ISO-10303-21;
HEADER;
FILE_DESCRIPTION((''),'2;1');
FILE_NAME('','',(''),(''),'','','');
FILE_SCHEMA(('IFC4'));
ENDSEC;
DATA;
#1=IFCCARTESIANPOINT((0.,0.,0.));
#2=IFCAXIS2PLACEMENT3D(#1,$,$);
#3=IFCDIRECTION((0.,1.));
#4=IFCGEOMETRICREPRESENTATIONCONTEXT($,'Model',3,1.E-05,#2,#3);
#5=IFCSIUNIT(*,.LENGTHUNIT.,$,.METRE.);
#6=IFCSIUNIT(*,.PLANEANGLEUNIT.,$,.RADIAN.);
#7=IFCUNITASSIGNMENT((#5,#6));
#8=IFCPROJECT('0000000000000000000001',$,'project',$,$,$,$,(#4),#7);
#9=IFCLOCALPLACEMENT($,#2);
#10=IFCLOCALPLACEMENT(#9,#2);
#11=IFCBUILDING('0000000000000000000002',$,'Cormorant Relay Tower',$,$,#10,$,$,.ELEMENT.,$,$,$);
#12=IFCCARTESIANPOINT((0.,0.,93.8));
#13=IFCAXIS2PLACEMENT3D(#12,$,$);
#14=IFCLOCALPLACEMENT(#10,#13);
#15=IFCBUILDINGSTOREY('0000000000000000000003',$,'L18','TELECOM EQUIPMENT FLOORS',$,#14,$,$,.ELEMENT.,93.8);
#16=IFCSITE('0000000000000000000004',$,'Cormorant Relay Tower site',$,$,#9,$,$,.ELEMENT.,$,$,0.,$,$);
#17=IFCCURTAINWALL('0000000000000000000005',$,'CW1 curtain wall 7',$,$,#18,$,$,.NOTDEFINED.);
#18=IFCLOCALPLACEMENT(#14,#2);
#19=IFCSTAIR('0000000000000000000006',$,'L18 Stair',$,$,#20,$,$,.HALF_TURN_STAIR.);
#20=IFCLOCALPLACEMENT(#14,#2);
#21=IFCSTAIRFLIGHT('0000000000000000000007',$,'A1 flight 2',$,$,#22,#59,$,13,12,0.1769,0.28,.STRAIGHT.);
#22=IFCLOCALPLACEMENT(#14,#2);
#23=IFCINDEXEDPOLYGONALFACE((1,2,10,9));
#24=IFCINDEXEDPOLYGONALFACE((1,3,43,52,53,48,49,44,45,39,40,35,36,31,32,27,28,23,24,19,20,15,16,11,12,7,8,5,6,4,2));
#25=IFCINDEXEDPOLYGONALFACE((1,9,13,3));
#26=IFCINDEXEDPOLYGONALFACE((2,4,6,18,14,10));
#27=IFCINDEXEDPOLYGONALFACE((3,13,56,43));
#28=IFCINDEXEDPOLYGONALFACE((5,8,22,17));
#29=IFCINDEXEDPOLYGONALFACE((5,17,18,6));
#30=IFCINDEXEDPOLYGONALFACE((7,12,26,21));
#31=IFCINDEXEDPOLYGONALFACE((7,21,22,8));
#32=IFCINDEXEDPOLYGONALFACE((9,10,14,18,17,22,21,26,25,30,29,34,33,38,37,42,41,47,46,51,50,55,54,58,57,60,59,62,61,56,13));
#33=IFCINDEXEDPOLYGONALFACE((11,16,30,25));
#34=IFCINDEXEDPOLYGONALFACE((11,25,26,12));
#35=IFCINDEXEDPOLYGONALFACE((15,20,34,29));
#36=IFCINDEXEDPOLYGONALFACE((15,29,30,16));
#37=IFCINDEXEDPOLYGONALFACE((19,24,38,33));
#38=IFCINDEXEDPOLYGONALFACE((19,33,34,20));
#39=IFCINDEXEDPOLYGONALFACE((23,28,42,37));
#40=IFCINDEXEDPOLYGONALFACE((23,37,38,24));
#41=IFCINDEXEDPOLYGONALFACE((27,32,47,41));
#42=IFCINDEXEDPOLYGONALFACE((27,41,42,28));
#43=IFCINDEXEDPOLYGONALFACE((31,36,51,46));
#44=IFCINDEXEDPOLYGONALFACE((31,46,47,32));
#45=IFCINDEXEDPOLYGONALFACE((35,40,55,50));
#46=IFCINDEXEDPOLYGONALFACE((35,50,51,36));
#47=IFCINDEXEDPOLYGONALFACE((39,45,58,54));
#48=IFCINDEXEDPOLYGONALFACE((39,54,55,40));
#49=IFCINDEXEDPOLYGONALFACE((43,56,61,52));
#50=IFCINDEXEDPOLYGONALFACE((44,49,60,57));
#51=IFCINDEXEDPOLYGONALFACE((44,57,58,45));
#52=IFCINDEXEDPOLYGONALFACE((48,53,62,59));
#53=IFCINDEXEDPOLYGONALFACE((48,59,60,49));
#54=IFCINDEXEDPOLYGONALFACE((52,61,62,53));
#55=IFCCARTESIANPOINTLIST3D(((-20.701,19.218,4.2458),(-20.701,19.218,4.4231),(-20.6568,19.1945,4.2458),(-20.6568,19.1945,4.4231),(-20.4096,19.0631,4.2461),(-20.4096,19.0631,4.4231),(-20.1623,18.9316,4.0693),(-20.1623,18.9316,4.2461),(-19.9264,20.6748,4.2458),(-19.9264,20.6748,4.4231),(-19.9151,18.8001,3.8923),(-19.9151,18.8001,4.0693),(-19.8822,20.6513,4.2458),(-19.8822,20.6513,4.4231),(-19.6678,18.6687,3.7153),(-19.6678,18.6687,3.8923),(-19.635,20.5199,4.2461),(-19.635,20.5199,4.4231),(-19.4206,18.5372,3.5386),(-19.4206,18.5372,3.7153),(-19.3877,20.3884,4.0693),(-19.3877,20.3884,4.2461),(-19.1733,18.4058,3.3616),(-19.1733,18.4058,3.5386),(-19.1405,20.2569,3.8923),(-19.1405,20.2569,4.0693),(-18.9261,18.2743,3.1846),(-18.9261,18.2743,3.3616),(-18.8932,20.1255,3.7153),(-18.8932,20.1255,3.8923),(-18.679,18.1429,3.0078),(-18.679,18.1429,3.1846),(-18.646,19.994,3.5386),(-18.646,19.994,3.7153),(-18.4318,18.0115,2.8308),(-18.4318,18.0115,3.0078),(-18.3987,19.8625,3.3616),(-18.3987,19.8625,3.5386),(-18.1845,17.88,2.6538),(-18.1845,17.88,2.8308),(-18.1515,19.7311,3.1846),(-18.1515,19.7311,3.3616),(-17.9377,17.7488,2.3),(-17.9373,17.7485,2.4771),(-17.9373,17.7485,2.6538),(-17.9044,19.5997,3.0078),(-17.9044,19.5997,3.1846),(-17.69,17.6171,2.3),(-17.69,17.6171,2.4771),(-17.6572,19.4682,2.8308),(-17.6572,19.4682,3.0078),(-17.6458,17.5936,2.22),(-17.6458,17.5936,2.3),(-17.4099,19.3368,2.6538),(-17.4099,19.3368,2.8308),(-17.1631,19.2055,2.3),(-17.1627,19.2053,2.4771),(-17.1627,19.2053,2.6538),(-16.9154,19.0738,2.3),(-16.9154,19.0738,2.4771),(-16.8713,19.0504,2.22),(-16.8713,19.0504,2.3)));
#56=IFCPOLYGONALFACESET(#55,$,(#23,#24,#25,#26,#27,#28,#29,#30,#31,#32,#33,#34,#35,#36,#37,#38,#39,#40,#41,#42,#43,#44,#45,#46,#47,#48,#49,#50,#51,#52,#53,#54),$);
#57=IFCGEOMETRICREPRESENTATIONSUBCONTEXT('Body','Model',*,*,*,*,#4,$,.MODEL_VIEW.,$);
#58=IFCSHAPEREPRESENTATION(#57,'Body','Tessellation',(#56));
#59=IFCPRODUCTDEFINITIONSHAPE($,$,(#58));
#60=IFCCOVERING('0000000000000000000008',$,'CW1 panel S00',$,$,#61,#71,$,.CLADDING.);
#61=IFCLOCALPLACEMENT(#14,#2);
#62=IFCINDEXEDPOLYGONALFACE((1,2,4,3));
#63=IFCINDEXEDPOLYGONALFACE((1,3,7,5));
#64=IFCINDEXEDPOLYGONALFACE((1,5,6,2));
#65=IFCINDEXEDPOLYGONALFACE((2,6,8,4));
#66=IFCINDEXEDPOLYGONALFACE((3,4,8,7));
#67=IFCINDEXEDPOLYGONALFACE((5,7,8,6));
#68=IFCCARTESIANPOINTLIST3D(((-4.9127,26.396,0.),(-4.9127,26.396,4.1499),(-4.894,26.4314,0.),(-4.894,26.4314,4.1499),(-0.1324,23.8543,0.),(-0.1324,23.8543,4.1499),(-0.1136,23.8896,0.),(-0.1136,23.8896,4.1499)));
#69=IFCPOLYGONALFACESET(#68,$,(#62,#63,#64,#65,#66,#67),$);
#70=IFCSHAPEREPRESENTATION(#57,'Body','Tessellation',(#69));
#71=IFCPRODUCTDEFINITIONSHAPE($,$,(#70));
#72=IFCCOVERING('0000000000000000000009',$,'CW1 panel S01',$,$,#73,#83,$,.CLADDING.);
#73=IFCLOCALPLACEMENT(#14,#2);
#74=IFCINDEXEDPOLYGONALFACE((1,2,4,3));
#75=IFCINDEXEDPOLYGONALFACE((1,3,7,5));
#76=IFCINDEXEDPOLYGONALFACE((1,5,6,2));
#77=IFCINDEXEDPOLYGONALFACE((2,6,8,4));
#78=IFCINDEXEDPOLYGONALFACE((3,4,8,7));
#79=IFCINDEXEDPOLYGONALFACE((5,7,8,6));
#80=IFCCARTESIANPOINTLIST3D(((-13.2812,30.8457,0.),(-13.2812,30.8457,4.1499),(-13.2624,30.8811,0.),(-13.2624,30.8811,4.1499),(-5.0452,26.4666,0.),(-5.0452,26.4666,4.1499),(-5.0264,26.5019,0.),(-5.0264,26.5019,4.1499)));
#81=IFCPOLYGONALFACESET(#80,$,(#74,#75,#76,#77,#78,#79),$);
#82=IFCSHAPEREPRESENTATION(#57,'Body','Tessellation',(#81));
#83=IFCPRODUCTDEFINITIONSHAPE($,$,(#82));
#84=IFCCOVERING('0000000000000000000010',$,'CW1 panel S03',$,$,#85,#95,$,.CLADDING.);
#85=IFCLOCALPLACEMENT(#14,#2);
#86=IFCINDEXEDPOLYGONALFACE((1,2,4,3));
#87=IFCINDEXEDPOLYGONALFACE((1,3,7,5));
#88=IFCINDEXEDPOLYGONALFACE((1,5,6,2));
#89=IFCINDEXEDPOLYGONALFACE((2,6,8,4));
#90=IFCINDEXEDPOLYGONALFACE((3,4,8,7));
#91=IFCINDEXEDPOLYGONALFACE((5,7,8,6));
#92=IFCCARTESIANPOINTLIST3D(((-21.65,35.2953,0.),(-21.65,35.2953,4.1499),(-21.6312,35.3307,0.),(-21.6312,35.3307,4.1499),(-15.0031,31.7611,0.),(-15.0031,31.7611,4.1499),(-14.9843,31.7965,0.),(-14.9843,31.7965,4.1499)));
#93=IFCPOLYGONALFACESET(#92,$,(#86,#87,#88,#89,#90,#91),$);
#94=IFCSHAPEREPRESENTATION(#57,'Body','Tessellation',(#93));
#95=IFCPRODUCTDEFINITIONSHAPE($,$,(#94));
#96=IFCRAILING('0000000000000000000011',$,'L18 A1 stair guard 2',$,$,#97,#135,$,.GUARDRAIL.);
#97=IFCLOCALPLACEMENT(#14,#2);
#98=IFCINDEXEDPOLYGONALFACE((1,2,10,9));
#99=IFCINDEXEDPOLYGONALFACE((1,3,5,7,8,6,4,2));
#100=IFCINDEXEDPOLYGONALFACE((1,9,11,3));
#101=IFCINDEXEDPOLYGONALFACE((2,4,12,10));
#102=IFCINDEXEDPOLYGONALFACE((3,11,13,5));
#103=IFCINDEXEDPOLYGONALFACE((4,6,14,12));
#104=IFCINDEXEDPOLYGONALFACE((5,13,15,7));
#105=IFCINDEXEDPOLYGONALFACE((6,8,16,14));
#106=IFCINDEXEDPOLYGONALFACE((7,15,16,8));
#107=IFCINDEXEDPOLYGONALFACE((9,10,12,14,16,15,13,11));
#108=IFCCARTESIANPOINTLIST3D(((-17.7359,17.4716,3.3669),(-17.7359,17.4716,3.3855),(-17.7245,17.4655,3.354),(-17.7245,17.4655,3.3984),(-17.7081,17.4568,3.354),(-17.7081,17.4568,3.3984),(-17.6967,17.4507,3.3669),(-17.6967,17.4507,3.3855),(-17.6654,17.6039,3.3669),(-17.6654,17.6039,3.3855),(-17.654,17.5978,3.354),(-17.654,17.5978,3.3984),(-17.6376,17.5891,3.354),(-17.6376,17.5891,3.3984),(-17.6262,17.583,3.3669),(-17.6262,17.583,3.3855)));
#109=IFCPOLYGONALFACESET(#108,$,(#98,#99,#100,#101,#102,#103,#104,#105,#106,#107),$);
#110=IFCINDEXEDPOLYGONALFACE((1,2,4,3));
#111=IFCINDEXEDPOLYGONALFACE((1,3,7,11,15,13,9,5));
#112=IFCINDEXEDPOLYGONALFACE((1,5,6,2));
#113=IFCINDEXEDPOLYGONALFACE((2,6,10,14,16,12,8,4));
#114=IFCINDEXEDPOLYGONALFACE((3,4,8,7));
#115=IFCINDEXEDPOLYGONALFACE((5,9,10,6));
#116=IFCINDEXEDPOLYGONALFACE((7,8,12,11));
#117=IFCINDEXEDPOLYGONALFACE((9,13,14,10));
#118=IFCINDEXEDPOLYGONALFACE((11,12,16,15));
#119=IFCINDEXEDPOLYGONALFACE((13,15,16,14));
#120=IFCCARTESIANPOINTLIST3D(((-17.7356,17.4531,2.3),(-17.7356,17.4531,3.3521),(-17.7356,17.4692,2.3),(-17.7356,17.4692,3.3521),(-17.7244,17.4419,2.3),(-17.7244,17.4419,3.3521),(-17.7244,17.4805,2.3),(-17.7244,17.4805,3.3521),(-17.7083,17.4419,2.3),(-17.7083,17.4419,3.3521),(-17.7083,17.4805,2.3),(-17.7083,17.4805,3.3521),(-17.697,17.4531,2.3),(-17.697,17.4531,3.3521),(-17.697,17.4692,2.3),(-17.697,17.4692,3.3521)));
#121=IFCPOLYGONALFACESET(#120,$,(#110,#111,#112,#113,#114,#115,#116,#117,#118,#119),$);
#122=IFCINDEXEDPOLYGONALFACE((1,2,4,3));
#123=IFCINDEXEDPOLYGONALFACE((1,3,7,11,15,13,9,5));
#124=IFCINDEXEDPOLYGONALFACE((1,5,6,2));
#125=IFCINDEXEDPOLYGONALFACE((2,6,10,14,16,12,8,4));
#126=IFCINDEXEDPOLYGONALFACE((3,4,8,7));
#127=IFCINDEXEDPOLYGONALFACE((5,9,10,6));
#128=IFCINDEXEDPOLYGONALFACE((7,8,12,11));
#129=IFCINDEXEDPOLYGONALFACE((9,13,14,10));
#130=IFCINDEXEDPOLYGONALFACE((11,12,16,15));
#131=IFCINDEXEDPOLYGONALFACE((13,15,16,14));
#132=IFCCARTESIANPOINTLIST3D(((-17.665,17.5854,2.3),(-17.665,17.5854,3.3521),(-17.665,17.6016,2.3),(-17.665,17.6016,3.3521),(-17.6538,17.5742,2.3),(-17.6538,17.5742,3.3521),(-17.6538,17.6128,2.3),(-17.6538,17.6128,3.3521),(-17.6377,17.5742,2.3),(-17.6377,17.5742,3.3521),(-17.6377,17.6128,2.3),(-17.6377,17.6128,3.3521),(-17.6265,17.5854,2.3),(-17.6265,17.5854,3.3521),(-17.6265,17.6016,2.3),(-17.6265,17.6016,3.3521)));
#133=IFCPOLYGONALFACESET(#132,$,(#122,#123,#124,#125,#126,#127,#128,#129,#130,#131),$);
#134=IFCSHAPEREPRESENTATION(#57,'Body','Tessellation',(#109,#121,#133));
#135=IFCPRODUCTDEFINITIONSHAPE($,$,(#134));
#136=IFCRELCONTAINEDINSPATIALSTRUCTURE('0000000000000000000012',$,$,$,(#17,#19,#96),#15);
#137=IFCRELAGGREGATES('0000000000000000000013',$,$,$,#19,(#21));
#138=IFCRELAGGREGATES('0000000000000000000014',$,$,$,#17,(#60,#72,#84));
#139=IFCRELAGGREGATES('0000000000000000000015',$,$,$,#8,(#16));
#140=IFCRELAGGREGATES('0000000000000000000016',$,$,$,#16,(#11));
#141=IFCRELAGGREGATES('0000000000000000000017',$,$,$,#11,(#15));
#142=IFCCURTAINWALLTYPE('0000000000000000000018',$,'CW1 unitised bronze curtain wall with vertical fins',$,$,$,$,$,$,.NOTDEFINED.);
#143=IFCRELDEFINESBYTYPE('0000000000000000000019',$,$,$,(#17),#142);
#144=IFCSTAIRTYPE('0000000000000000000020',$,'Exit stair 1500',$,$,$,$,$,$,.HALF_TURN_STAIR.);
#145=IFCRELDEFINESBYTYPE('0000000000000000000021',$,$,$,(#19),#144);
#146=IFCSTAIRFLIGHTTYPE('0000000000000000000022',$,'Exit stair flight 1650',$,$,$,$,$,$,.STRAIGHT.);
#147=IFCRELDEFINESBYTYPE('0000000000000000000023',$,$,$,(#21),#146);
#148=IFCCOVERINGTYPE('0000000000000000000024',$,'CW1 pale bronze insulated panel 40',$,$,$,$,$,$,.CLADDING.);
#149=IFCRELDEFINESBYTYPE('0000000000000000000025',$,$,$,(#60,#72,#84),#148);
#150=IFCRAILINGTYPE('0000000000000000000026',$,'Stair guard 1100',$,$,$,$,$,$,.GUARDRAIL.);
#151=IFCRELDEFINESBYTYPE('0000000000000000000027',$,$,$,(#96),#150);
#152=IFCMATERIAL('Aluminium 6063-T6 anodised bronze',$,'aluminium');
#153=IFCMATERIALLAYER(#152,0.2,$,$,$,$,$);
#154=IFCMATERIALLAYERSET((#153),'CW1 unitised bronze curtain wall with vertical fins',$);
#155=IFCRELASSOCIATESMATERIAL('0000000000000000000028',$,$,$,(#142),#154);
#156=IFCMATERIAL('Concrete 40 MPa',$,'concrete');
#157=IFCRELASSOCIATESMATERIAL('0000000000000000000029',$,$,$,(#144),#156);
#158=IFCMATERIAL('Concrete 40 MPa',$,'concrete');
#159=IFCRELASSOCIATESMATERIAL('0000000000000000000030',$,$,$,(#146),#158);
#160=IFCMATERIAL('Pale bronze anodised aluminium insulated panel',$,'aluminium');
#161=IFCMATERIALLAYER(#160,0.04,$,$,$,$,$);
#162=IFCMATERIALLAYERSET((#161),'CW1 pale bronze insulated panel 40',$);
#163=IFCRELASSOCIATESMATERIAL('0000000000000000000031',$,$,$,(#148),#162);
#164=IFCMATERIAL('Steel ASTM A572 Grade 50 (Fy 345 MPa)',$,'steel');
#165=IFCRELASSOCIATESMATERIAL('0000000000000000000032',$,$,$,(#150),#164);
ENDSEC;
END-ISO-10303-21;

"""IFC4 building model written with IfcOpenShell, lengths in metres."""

from ifc_helpers import new_model, si_unit, direction, frame, origin, origin_2d, place, context, subcontext, project, spatial, polyline, rectangle, outline, extrude, material, layer, layer_set, type_object, element, aggregate, save


model = new_model("IFC4")

# Units and contexts
model_context = context("Model", 3, precision=1e-05, world=origin(), true_north=direction((0.0, 1.0)))
body_context = subcontext(model_context, "Body", "Model", "MODEL_VIEW")
ifc_project = project(units=[si_unit("LENGTHUNIT", "METRE"), si_unit("PLANEANGLEUNIT", "RADIAN")], contexts=[model_context])

# Site, building, storey
site_placement = place(None, origin())
site = spatial("IfcSite", under=ifc_project, at=site_placement, Name="Cormorant Relay Tower site", CompositionType="ELEMENT", RefElevation=0.0)
building_placement = place(site_placement, origin())
building = spatial("IfcBuilding", under=site, at=building_placement, Name="Cormorant Relay Tower", CompositionType="ELEMENT")
storey_placement = place(building_placement, frame((0.0, 0.0, 93.8)))
storey = spatial("IfcBuildingStorey", under=building, at=storey_placement, Name="L18", Description="TELECOM EQUIPMENT FLOORS", CompositionType="ELEMENT", Elevation=93.8)

# Curtain wall
ifc_material_1 = material(Name="Aluminium 6063-T6 anodised bronze", Category="aluminium")
ifc_layer_1 = layer(ifc_material_1, 0.2)
ifc_layer_set_1 = layer_set([ifc_layer_1], Name="CW1 unitised bronze curtain wall with vertical fins")
curtain_wall_type = type_object("IfcCurtainWallType", Name="CW1 unitised bronze curtain wall with vertical fins", PredefinedType="NOTDEFINED", material=ifc_layer_set_1)
curtain_wall_placement = place(storey_placement, origin())
curtain_wall = element("IfcCurtainWall", 1, at=curtain_wall_placement, inside=storey, type_object=curtain_wall_type, Name="CW1 curtain wall 7", PredefinedType="NOTDEFINED")

# Stair, stair flight
ifc_material_2 = material(Name="Concrete 40 MPa", Category="concrete")
stair_type = type_object("IfcStairType", Name="Exit stair 1500", PredefinedType="HALF_TURN_STAIR", material=ifc_material_2)
stair_placement = place(storey_placement, origin())
stair = element("IfcStair", 2, at=stair_placement, inside=storey, type_object=stair_type, Name="L18 Stair", PredefinedType="HALF_TURN_STAIR")
ifc_material_3 = material(Name="Concrete 40 MPa", Category="concrete")
stair_flight_type = type_object("IfcStairFlightType", Name="Exit stair flight 1650", PredefinedType="STRAIGHT", material=ifc_material_3)
stair_flight_placement = place(storey_placement, frame((-17.3027, 18.3455, 2.3), z_axis=(0.0, 0.0, 1.0), x_axis=(-0.882948, 0.469472, 0.0)))
stair_flight = element("IfcStairFlight", 3, at=stair_flight_placement, type_object=stair_flight_type, Name="A1 flight 2", NumberOfRisers=13, NumberOfTreads=12, PredefinedType="STRAIGHT", RiserHeight=0.1769, TreadLength=0.28, context=body_context, shape_type="SweptSolid", body=[
    extrude(outline(polyline([(-0.05, -0.0801), (-0.05, 0.0), (0.0, 0.0), (0.0, 0.177), (0.28, 0.177), (0.28, 0.3538), (0.5601, 0.3538), (0.5601, 0.5308), (0.8401, 0.5308), (0.8401, 0.7078), (1.1201, 0.7078), (1.1201, 0.8845), (1.3999, 0.8845), (1.3999, 1.0615), (1.6799, 1.0615), (1.6799, 1.2385), (1.96, 1.2385), (1.96, 1.4153), (2.24, 1.4153), (2.24, 1.5923), (2.52, 1.5923), (2.52, 1.7693), (2.8, 1.7693), (2.8, 1.946), (3.0801, 1.946), (3.0801, 2.123), (3.3601, 2.123), (3.4102, 2.123), (3.4102, 1.9458), (3.3601, 1.9458), (0.2805, 0.0), (-0.05, -0.0801)])), frame((0.0, 0.825, 0.0), z_axis=(0.0, -1.0, 0.0), x_axis=(1.0, 0.0, 0.0)), (0.0, 0.0, 1.0), 1.6499),
])
aggregate(stair, [stair_flight])

# Coverings
ifc_material_4 = material(Name="Pale bronze anodised aluminium insulated panel", Category="aluminium")
ifc_layer_2 = layer(ifc_material_4, 0.04)
ifc_layer_set_2 = layer_set([ifc_layer_2], Name="CW1 pale bronze insulated panel 40")
covering_type = type_object("IfcCoveringType", Name="CW1 pale bronze insulated panel 40", PredefinedType="CLADDING", material=ifc_layer_set_2)
covering_1_placement = place(storey_placement, frame((-2.5132, 25.1428, 0.0), z_axis=(0.0, 0.0, 1.0), x_axis=(-0.882948, 0.469472, 0.0)))
covering_1 = element("IfcCovering", 4, at=covering_1_placement, type_object=covering_type, Name="CW1 panel S00", PredefinedType="CLADDING", context=body_context, shape_type="SweptSolid", body=[
    extrude(rectangle(XDim=5.4141, YDim=0.04, at=origin_2d()), origin(), (0.0, 0.0, 1.0), 4.1499),
])
covering_2_placement = place(storey_placement, frame((-9.1538, 28.6738, 0.0), z_axis=(0.0, 0.0, 1.0), x_axis=(-0.882948, 0.469472, 0.0)))
covering_2 = element("IfcCovering", 5, at=covering_2_placement, type_object=covering_type, Name="CW1 panel S01", PredefinedType="CLADDING", context=body_context, shape_type="SweptSolid", body=[
    extrude(rectangle(XDim=9.3279, YDim=0.04, at=origin_2d()), origin(), (0.0, 0.0, 1.0), 4.1499),
])
covering_3_placement = place(storey_placement, frame((-18.3171, 33.5459, 0.0), z_axis=(0.0, 0.0, 1.0), x_axis=(-0.882948, 0.469472, 0.0)))
covering_3 = element("IfcCovering", 6, at=covering_3_placement, type_object=covering_type, Name="CW1 panel S03", PredefinedType="CLADDING", context=body_context, shape_type="SweptSolid", body=[
    extrude(rectangle(XDim=7.5281, YDim=0.04, at=origin_2d()), origin(), (0.0, 0.0, 1.0), 4.1499),
])
aggregate(curtain_wall, [covering_1, covering_2, covering_3])

# Railing
ifc_material_5 = material(Name="Steel ASTM A572 Grade 50 (Fy 345 MPa)", Category="steel")
railing_type_1 = type_object("IfcRailingType", Name="Stair guard 1100", PredefinedType="GUARDRAIL", material=ifc_material_5)
railing_1_placement = place(storey_placement, frame((-17.7163, 17.4612, 2.3)))
element("IfcRailing", 7, at=railing_1_placement, inside=storey, type_object=railing_type_1, Name="L18 A1 stair guard 2", PredefinedType="GUARDRAIL", context=body_context, shape_type="SweptSolid", body=[
    extrude(outline(polyline([(0.0222, 0.0093), (0.0093, 0.0222), (-0.0093, 0.0222), (-0.0222, 0.0093), (-0.0222, -0.0093), (-0.0093, -0.0222), (0.0093, -0.0222), (0.0222, -0.0093), (0.0222, 0.0093)])), frame((0.0, 0.0, 1.0762), z_axis=(0.470504, 0.882398, 0.0), x_axis=(-0.882398, 0.470504, 0.0)), (0.0, 0.0, 1.0), 0.1499),
    extrude(outline(polyline([(0.0193, 0.0081), (0.0081, 0.0193), (-0.0081, 0.0193), (-0.0193, 0.0081), (-0.0193, -0.0081), (-0.0081, -0.0193), (0.0081, -0.0193), (0.0193, -0.0081), (0.0193, 0.0081)])), origin(), (0.0, 0.0, 1.0), 1.052),
    extrude(outline(polyline([(0.0193, 0.0081), (0.0081, 0.0193), (-0.0081, 0.0193), (-0.0193, 0.0081), (-0.0193, -0.0081), (-0.0081, -0.0193), (0.0081, -0.0193), (0.0193, -0.0081), (0.0193, 0.0081)])), frame((0.0706, 0.1323, 0.0)), (0.0, 0.0, 1.0), 1.052),
])

save(model, "model.ifc")
